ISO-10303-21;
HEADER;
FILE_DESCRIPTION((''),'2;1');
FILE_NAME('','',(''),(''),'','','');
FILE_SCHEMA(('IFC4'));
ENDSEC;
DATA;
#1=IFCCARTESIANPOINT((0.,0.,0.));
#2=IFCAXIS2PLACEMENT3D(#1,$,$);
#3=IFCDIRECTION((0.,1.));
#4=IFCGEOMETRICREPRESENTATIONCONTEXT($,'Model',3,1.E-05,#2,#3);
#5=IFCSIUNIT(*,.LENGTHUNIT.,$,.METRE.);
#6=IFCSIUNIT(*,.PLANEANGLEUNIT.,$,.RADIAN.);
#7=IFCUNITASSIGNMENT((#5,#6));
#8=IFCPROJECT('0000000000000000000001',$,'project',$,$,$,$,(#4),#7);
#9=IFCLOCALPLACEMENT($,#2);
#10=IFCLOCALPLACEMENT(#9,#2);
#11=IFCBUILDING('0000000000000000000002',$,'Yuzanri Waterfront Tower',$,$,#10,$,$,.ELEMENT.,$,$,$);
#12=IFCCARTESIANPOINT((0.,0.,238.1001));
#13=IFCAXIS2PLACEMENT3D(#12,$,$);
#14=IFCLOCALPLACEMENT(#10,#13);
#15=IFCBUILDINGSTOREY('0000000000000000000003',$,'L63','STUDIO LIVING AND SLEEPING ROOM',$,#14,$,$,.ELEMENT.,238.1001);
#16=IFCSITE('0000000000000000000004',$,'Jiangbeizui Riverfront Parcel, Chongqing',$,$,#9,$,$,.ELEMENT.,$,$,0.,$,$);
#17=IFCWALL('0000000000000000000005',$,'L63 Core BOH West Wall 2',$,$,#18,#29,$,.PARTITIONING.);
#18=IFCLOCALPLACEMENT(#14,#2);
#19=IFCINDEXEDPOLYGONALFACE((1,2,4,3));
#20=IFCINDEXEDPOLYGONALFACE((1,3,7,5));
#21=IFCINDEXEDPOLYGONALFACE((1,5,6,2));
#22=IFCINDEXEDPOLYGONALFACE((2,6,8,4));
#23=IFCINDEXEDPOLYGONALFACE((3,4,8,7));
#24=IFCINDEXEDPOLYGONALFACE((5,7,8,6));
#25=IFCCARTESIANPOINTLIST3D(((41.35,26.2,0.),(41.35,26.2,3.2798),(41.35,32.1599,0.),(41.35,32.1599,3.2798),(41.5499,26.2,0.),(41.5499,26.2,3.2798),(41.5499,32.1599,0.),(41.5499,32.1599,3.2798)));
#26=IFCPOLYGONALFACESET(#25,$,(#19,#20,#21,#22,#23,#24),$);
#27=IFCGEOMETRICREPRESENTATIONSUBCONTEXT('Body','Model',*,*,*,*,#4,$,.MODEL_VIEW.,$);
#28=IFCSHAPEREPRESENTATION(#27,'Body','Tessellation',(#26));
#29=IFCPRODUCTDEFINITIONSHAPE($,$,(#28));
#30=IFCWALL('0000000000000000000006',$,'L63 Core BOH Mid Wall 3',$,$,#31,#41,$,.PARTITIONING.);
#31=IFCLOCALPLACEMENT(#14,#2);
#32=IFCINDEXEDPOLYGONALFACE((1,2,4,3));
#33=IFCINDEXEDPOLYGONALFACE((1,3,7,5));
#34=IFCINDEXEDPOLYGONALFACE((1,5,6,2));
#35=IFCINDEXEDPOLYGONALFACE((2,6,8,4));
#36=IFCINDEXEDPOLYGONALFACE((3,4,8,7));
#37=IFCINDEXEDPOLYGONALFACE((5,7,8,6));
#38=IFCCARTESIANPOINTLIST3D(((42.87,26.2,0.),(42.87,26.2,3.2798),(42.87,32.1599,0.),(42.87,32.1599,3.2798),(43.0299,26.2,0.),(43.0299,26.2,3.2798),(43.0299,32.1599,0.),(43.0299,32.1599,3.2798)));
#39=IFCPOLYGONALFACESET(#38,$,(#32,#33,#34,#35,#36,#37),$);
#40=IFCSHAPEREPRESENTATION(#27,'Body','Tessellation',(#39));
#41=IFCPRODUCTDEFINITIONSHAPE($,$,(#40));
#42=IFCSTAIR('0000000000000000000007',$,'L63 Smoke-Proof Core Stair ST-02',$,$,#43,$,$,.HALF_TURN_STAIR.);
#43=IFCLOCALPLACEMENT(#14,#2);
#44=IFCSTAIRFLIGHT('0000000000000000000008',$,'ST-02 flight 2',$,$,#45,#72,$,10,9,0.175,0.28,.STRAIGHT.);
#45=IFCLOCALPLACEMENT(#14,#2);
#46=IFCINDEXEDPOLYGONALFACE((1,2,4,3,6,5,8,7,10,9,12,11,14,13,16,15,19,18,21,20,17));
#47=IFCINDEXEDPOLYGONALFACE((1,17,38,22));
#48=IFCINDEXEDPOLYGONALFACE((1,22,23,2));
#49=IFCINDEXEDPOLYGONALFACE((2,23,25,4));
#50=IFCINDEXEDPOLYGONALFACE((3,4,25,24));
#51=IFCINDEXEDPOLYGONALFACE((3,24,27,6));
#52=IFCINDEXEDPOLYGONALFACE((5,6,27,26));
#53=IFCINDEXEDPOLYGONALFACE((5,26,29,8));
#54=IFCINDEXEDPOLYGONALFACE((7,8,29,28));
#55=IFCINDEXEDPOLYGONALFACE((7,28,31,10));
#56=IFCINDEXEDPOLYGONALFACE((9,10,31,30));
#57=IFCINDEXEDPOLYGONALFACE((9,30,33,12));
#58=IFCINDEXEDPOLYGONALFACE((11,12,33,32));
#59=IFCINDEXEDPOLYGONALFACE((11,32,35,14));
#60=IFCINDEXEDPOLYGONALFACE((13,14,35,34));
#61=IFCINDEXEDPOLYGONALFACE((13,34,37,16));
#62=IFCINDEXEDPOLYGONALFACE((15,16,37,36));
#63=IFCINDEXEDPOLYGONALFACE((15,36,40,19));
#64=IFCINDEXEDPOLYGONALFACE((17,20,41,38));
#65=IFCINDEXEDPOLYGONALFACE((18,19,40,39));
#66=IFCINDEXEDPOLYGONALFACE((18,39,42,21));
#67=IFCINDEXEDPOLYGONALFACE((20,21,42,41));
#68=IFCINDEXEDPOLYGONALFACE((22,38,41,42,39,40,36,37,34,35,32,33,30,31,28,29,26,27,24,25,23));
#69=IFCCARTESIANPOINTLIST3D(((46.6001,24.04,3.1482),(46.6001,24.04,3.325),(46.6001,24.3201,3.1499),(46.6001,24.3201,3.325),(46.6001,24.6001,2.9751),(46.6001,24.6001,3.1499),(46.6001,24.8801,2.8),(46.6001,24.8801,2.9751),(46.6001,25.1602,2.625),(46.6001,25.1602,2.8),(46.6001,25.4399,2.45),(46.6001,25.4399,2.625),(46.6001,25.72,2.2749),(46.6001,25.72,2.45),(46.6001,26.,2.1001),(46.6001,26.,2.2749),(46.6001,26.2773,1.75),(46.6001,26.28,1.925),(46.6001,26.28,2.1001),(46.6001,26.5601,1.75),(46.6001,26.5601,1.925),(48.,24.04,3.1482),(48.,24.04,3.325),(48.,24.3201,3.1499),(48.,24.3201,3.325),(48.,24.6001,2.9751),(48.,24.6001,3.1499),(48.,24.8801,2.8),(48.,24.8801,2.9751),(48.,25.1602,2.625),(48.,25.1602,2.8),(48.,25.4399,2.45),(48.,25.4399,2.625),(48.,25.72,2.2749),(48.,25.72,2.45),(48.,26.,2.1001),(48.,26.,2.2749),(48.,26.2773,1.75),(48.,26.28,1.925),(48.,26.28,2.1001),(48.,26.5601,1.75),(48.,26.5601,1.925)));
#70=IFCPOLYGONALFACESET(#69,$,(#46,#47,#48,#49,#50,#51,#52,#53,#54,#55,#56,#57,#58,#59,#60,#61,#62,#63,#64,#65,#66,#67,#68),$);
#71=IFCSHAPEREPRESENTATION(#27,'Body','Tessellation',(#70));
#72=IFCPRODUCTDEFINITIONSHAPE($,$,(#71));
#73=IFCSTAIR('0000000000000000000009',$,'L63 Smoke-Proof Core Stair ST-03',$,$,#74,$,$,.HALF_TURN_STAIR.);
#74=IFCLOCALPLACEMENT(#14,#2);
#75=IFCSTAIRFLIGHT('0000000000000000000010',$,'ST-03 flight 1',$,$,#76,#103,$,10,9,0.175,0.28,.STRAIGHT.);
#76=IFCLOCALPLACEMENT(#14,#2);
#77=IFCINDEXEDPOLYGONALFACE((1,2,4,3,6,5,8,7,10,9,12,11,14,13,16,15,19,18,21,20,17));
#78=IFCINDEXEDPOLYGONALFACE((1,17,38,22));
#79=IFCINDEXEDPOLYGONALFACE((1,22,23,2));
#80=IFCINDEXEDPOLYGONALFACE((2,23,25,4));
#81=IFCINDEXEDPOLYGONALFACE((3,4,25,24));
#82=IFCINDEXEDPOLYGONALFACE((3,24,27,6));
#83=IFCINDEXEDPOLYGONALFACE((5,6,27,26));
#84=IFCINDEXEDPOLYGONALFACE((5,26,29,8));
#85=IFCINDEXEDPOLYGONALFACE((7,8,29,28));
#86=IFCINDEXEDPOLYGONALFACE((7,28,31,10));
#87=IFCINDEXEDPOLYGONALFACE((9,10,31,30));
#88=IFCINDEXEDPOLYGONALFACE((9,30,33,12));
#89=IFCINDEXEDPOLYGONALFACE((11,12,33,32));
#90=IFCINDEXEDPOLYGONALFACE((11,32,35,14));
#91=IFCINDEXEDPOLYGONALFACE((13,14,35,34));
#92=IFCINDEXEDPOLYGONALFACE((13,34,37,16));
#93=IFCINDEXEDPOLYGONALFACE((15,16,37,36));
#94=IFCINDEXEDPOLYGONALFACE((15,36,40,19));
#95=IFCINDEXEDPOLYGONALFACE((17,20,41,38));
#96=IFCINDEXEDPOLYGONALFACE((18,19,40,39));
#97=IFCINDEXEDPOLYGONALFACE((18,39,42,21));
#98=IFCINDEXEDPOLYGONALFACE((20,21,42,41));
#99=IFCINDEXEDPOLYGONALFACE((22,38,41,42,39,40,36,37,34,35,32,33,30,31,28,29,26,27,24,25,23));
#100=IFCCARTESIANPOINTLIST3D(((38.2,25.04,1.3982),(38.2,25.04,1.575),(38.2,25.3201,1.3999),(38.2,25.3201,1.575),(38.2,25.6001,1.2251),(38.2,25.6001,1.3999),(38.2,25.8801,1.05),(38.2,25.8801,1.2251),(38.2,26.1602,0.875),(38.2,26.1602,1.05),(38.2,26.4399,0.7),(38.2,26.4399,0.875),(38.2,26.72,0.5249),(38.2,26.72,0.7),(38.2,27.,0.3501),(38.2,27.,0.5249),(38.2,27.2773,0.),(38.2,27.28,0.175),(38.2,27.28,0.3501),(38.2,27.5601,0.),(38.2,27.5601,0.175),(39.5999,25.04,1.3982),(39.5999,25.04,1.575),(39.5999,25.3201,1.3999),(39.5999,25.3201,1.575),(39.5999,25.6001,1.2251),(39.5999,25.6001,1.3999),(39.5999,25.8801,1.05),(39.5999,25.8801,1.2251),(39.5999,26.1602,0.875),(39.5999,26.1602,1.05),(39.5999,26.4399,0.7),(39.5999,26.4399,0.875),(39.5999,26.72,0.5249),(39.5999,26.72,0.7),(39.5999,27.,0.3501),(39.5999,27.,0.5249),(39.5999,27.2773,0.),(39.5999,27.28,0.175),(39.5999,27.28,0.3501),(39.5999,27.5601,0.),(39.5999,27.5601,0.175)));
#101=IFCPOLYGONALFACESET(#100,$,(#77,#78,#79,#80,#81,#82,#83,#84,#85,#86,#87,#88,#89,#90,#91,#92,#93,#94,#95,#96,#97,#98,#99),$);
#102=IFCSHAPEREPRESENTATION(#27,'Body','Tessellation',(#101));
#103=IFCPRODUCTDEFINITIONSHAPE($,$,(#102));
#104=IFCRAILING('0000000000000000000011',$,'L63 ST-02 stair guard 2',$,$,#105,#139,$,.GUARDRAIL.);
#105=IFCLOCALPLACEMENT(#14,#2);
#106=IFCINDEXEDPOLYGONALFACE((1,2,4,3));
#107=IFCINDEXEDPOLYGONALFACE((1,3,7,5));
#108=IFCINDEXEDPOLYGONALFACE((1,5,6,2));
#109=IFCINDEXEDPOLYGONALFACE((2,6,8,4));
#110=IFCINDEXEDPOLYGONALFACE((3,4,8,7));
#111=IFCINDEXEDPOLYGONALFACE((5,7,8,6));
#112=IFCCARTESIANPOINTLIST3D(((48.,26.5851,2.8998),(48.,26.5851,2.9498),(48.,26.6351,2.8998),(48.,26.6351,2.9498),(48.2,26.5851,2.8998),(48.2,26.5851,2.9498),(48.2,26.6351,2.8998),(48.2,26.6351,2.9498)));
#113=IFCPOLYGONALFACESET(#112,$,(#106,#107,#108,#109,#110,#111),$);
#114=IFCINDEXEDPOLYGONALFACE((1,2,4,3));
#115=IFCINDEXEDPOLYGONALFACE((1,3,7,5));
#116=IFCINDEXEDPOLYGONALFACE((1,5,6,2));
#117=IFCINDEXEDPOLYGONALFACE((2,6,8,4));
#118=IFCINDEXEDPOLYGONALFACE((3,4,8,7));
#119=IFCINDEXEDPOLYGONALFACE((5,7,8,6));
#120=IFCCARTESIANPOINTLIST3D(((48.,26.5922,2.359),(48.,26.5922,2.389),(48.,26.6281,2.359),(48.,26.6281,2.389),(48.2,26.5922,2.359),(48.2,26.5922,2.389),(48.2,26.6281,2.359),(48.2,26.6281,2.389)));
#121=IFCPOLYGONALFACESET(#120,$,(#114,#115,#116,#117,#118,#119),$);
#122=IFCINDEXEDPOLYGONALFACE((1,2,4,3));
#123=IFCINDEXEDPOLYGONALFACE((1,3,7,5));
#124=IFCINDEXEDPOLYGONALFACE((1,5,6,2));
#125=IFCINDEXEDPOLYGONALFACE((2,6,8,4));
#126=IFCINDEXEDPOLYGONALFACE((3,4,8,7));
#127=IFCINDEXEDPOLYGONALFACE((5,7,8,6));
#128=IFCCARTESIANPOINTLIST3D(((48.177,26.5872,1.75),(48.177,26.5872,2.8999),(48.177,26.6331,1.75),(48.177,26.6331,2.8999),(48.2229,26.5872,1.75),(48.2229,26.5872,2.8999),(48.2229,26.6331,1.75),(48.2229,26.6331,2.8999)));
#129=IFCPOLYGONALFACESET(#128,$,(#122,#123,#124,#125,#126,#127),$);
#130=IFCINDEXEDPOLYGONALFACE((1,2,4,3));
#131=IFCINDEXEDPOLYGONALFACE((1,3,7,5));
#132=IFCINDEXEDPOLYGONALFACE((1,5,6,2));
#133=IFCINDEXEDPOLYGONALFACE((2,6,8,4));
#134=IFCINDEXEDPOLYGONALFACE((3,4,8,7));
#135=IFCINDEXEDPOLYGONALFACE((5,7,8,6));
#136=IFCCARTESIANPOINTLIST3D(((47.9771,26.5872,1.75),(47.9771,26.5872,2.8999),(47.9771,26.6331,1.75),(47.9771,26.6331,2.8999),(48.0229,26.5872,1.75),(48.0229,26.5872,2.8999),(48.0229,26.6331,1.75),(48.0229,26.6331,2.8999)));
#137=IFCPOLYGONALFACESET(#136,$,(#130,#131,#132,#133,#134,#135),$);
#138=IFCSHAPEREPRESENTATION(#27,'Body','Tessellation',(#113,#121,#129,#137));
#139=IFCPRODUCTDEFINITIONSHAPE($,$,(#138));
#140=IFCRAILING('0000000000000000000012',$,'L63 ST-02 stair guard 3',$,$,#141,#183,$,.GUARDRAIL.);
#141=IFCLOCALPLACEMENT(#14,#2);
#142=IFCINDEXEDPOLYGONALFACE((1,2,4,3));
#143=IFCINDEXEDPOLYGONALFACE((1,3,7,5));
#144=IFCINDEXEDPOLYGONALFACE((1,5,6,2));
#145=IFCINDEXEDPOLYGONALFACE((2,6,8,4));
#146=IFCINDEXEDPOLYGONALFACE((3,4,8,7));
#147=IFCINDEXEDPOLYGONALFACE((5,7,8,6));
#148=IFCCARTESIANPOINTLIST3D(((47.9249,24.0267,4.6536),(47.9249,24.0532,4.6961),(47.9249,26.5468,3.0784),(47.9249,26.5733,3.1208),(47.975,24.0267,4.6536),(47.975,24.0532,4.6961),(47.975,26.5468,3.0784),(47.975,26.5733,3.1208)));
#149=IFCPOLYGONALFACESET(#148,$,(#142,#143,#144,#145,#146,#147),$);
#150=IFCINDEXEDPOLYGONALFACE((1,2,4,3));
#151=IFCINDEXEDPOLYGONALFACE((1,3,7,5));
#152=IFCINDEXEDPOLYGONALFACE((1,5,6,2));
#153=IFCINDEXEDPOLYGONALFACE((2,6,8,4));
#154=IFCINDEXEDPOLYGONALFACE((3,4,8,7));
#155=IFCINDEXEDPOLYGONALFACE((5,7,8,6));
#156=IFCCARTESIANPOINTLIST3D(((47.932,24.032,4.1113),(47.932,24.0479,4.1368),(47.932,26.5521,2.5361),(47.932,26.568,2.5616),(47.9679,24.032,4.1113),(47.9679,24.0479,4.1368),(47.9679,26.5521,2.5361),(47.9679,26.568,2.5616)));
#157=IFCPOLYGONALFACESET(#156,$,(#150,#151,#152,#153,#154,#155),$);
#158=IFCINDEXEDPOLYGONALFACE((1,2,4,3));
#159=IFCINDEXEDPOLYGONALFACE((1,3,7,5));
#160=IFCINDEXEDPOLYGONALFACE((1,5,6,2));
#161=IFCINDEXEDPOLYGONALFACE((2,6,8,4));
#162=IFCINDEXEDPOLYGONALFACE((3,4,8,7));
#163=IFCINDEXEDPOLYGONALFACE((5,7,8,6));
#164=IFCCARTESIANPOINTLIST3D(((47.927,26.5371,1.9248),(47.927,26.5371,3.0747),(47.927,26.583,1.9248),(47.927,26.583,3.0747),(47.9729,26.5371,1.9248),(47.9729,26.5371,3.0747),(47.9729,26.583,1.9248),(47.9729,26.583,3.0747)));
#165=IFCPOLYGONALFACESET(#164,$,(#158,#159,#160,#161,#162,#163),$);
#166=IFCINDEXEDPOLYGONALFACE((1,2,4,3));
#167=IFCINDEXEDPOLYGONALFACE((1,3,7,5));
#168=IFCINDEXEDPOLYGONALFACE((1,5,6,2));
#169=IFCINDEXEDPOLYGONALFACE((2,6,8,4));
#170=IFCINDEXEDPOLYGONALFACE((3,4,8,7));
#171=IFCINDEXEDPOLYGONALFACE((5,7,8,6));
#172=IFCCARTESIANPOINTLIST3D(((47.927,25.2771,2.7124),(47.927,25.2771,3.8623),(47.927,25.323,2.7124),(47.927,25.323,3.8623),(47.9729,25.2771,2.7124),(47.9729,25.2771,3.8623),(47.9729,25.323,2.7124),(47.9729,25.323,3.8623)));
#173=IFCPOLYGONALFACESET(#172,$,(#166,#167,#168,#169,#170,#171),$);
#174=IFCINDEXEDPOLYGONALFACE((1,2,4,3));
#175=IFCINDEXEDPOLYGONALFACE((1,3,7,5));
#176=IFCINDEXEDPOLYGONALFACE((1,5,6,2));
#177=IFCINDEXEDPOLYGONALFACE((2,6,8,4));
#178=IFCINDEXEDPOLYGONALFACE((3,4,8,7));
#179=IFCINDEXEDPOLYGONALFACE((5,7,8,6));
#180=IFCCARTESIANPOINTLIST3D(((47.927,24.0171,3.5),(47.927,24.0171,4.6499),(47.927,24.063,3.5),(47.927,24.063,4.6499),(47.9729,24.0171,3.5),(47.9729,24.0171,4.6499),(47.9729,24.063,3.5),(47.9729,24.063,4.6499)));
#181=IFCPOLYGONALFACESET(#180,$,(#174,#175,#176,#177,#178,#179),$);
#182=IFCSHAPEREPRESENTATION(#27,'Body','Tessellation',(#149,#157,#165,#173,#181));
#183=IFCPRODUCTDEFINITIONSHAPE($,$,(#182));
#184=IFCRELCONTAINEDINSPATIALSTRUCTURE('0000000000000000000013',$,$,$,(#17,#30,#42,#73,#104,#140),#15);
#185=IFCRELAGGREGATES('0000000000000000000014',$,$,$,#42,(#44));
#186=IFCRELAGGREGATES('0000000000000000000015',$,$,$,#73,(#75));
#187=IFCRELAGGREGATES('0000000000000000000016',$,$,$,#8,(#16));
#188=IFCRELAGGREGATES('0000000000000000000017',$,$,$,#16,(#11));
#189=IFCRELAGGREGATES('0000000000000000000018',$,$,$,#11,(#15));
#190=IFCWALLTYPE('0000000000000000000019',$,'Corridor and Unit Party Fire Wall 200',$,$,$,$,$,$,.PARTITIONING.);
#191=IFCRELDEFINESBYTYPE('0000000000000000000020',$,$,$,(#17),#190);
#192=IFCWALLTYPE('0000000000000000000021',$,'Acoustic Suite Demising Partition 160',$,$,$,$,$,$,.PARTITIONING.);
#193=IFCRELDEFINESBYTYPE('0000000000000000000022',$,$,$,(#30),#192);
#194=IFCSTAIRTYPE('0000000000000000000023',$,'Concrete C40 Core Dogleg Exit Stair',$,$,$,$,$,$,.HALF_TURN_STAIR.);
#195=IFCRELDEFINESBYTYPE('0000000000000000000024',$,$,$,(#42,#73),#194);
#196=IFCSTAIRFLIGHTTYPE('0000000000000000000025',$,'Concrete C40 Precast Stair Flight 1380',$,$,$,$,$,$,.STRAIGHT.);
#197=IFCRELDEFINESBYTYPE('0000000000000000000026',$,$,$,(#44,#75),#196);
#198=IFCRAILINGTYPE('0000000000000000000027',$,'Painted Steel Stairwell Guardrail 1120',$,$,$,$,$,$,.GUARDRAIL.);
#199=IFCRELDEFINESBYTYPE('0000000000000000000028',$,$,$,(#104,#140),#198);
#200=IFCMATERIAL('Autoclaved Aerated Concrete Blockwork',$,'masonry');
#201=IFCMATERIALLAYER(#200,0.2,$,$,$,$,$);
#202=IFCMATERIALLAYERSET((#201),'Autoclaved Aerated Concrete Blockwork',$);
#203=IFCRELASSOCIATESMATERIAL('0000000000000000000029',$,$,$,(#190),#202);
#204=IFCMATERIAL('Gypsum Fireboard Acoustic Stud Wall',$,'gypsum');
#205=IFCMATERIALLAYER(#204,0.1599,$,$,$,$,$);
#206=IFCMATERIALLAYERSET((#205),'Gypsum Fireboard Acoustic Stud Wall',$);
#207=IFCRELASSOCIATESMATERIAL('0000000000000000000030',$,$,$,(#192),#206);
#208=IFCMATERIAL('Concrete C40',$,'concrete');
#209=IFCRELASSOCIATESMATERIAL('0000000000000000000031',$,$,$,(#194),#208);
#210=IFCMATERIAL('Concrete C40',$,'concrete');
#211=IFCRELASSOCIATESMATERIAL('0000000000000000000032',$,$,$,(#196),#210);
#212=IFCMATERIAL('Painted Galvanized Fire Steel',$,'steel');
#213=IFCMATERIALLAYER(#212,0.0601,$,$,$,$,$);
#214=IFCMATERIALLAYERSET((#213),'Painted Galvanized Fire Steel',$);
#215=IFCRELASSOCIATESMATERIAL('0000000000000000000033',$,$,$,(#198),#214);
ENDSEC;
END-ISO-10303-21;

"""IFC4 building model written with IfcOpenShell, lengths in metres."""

from ifc_helpers import new_model, si_unit, direction, frame, frame_2d, origin, origin_2d, place, context, subcontext, project, spatial, polyline, rectangle, outline, extrude, source, transform, mapped, material, layer, layer_set, type_object, element, aggregate, save


model = new_model("IFC4")

# Units and contexts
model_context = context("Model", 3, precision=1e-05, world=origin(), true_north=direction((0.0, 1.0)))
body_context = subcontext(model_context, "Body", "Model", "MODEL_VIEW")
ifc_project = project(units=[si_unit("LENGTHUNIT", "METRE"), si_unit("PLANEANGLEUNIT", "RADIAN")], contexts=[model_context])

# Site, building, storey
site_placement = place(None, origin())
site = spatial("IfcSite", under=ifc_project, at=site_placement, Name="Jiangbeizui Riverfront Parcel, Chongqing", CompositionType="ELEMENT", RefElevation=0.0)
building_placement = place(site_placement, origin())
building = spatial("IfcBuilding", under=site, at=building_placement, Name="Yuzanri Waterfront Tower", CompositionType="ELEMENT")
storey_placement = place(building_placement, frame((0.0, 0.0, 238.1001)))
storey = spatial("IfcBuildingStorey", under=building, at=storey_placement, Name="L63", Description="STUDIO LIVING AND SLEEPING ROOM", CompositionType="ELEMENT", Elevation=238.1001)

# Walls
ifc_material_1 = material(Name="Autoclaved Aerated Concrete Blockwork", Category="masonry")
ifc_layer_1 = layer(ifc_material_1, 0.2)
ifc_layer_set_1 = layer_set([ifc_layer_1], Name="Autoclaved Aerated Concrete Blockwork")
wall_type_1 = type_object("IfcWallType", Name="Corridor and Unit Party Fire Wall 200", PredefinedType="PARTITIONING", material=ifc_layer_set_1)
shared_shape_1 = source(origin(), body_context, "Body", "SweptSolid", [
    extrude(rectangle(XDim=5.96, YDim=0.2, at=frame_2d((2.98, 0.0))), origin(), (0.0, 0.0, 1.0), 3.2798),
])
wall_1_placement = place(storey_placement, frame((41.45, 26.2, 0.0), z_axis=(0.0, 0.0, 1.0), x_axis=(0.0, 1.0, 0.0)))
element("IfcWall", 1, at=wall_1_placement, inside=storey, type_object=wall_type_1, Name="L63 Core BOH West Wall 2", PredefinedType="PARTITIONING", context=body_context, shape_type="MappedRepresentation", body=[
    mapped(shared_shape_1, transform((0.0, 0.0, 0.0), scale=1.0)),
])
ifc_material_2 = material(Name="Gypsum Fireboard Acoustic Stud Wall", Category="gypsum")
ifc_layer_2 = layer(ifc_material_2, 0.1599)
ifc_layer_set_2 = layer_set([ifc_layer_2], Name="Gypsum Fireboard Acoustic Stud Wall")
wall_type_2 = type_object("IfcWallType", Name="Acoustic Suite Demising Partition 160", PredefinedType="PARTITIONING", material=ifc_layer_set_2)
shared_shape_2 = source(origin(), body_context, "Body", "SweptSolid", [
    extrude(rectangle(XDim=5.96, YDim=0.1599, at=frame_2d((2.98, 0.0))), origin(), (0.0, 0.0, 1.0), 3.2798),
])
wall_2_placement = place(storey_placement, frame((42.95, 26.2, 0.0), z_axis=(0.0, 0.0, 1.0), x_axis=(0.0, 1.0, 0.0)))
element("IfcWall", 2, at=wall_2_placement, inside=storey, type_object=wall_type_2, Name="L63 Core BOH Mid Wall 3", PredefinedType="PARTITIONING", context=body_context, shape_type="MappedRepresentation", body=[
    mapped(shared_shape_2, transform((0.0, 0.0, 0.0), scale=1.0)),
])

# Stairs, stair flights
ifc_material_3 = material(Name="Concrete C40", Category="concrete")
stair_type = type_object("IfcStairType", Name="Concrete C40 Core Dogleg Exit Stair", PredefinedType="HALF_TURN_STAIR", material=ifc_material_3)
stair_1_placement = place(storey_placement, origin())
stair_1 = element("IfcStair", 3, at=stair_1_placement, inside=storey, type_object=stair_type, Name="L63 Smoke-Proof Core Stair ST-02", PredefinedType="HALF_TURN_STAIR")
ifc_material_4 = material(Name="Concrete C40", Category="concrete")
stair_flight_type = type_object("IfcStairFlightType", Name="Concrete C40 Precast Stair Flight 1380", PredefinedType="STRAIGHT", material=ifc_material_4)
shared_shape_3 = source(origin(), body_context, "Body", "SweptSolid", [
    extrude(outline(polyline([(0.0, 0.0), (0.0, 0.175), (0.28, 0.175), (0.28, 0.3501), (0.5601, 0.3501), (0.5601, 0.5249), (0.8401, 0.5249), (0.8401, 0.7), (1.1201, 0.7), (1.1201, 0.875), (1.3999, 0.875), (1.3999, 1.05), (1.6799, 1.05), (1.6799, 1.2251), (1.96, 1.2251), (1.96, 1.3999), (2.24, 1.3999), (2.24, 1.575), (2.52, 1.575), (2.52, 1.75), (2.52, 1.3982), (0.2827, 0.0), (0.0, 0.0)])), frame((0.0, 0.7, 0.0), z_axis=(0.0, -1.0, 0.0), x_axis=(1.0, 0.0, 0.0)), (0.0, 0.0, 1.0), 1.3999),
])
stair_flight_1_placement = place(storey_placement, frame((47.3, 26.5601, 1.75), z_axis=(0.0, 0.0, 1.0), x_axis=(0.0, -1.0, 0.0)))
stair_flight_1 = element("IfcStairFlight", 4, at=stair_flight_1_placement, type_object=stair_flight_type, Name="ST-02 flight 2", NumberOfRisers=10, NumberOfTreads=9, PredefinedType="STRAIGHT", RiserHeight=0.175, TreadLength=0.28, context=body_context, shape_type="MappedRepresentation", body=[
    mapped(shared_shape_3, transform((0.0, 0.0, 0.0), scale=1.0)),
])
aggregate(stair_1, [stair_flight_1])
stair_2_placement = place(storey_placement, origin())
stair_2 = element("IfcStair", 5, at=stair_2_placement, inside=storey, type_object=stair_type, Name="L63 Smoke-Proof Core Stair ST-03", PredefinedType="HALF_TURN_STAIR")
stair_flight_2_placement = place(storey_placement, frame((38.8999, 27.5601, 0.0), z_axis=(0.0, 0.0, 1.0), x_axis=(0.0, -1.0, 0.0)))
stair_flight_2 = element("IfcStairFlight", 6, at=stair_flight_2_placement, type_object=stair_flight_type, Name="ST-03 flight 1", NumberOfRisers=10, NumberOfTreads=9, PredefinedType="STRAIGHT", RiserHeight=0.175, TreadLength=0.28, context=body_context, shape_type="MappedRepresentation", body=[
    mapped(shared_shape_3, transform((0.0, 0.0, 0.0), scale=1.0)),
])
aggregate(stair_2, [stair_flight_2])

# Railings
ifc_material_5 = material(Name="Painted Galvanized Fire Steel", Category="steel")
ifc_layer_3 = layer(ifc_material_5, 0.0601)
ifc_layer_set_3 = layer_set([ifc_layer_3], Name="Painted Galvanized Fire Steel")
railing_type_1 = type_object("IfcRailingType", Name="Painted Steel Stairwell Guardrail 1120", PredefinedType="GUARDRAIL", material=ifc_layer_set_3)
shared_shape_4 = source(origin(), body_context, "Body", "SweptSolid", [
    extrude(rectangle(XDim=0.05, YDim=0.05, at=origin_2d()), frame((0.0, 0.0, 1.1748), z_axis=(-1.0, 0.0, 0.0), x_axis=(0.0, -1.0, 0.0)), (0.0, 0.0, 1.0), 0.2),
    extrude(rectangle(XDim=0.0359, YDim=0.03, at=origin_2d()), frame((0.0, 0.0, 0.624), z_axis=(-1.0, 0.0, 0.0), x_axis=(0.0, -1.0, 0.0)), (0.0, 0.0, 1.0), 0.2),
    extrude(rectangle(XDim=0.0459, YDim=0.0459, at=origin_2d()), origin(), (0.0, 0.0, 1.0), 1.1499),
    extrude(rectangle(XDim=0.0459, YDim=0.0459, at=origin_2d()), frame((-0.2, 0.0, 0.0)), (0.0, 0.0, 1.0), 1.1499),
])
railing_1_placement = place(storey_placement, frame((48.2, 26.6101, 1.75)))
element("IfcRailing", 7, at=railing_1_placement, inside=storey, type_object=railing_type_1, Name="L63 ST-02 stair guard 2", PredefinedType="GUARDRAIL", context=body_context, shape_type="MappedRepresentation", body=[
    mapped(shared_shape_4, transform((0.0, 0.0, 0.0), scale=1.0)),
])
shared_shape_5 = source(origin(), body_context, "Body", "SweptSolid", [
    extrude(rectangle(XDim=0.05, YDim=0.05, at=origin_2d()), frame((0.0, 0.0, 1.1748), z_axis=(0.0, -0.847971, 0.530043), x_axis=(1.0, 0.0, 0.0)), (0.0, 0.0, 1.0), 2.9719),
    extrude(rectangle(XDim=0.0359, YDim=0.03, at=origin_2d()), frame((0.0, 0.0, 0.624), z_axis=(0.0, -0.847971, 0.530043), x_axis=(1.0, 0.0, 0.0)), (0.0, 0.0, 1.0), 2.9719),
    extrude(rectangle(XDim=0.0459, YDim=0.0459, at=origin_2d()), origin(), (0.0, 0.0, 1.0), 1.1499),
    extrude(rectangle(XDim=0.0459, YDim=0.0459, at=origin_2d()), frame((0.0, -1.26, 0.7876)), (0.0, 0.0, 1.0), 1.1499),
    extrude(rectangle(XDim=0.0459, YDim=0.0459, at=origin_2d()), frame((0.0, -2.52, 1.5752)), (0.0, 0.0, 1.0), 1.1499),
])
for number, where, name in (
    (8, (47.95, 26.5601, 1.9248), "L63 ST-02 stair guard 3"),
):
    element("IfcRailing", number, at=place(storey_placement, frame(where)), inside=storey, type_object=railing_type_1, Name=name, PredefinedType="GUARDRAIL", context=body_context, shape_type="MappedRepresentation", body=[
        mapped(shared_shape_5, transform((0.0, 0.0, 0.0), scale=1.0)),
    ])

save(model, "model.ifc")
